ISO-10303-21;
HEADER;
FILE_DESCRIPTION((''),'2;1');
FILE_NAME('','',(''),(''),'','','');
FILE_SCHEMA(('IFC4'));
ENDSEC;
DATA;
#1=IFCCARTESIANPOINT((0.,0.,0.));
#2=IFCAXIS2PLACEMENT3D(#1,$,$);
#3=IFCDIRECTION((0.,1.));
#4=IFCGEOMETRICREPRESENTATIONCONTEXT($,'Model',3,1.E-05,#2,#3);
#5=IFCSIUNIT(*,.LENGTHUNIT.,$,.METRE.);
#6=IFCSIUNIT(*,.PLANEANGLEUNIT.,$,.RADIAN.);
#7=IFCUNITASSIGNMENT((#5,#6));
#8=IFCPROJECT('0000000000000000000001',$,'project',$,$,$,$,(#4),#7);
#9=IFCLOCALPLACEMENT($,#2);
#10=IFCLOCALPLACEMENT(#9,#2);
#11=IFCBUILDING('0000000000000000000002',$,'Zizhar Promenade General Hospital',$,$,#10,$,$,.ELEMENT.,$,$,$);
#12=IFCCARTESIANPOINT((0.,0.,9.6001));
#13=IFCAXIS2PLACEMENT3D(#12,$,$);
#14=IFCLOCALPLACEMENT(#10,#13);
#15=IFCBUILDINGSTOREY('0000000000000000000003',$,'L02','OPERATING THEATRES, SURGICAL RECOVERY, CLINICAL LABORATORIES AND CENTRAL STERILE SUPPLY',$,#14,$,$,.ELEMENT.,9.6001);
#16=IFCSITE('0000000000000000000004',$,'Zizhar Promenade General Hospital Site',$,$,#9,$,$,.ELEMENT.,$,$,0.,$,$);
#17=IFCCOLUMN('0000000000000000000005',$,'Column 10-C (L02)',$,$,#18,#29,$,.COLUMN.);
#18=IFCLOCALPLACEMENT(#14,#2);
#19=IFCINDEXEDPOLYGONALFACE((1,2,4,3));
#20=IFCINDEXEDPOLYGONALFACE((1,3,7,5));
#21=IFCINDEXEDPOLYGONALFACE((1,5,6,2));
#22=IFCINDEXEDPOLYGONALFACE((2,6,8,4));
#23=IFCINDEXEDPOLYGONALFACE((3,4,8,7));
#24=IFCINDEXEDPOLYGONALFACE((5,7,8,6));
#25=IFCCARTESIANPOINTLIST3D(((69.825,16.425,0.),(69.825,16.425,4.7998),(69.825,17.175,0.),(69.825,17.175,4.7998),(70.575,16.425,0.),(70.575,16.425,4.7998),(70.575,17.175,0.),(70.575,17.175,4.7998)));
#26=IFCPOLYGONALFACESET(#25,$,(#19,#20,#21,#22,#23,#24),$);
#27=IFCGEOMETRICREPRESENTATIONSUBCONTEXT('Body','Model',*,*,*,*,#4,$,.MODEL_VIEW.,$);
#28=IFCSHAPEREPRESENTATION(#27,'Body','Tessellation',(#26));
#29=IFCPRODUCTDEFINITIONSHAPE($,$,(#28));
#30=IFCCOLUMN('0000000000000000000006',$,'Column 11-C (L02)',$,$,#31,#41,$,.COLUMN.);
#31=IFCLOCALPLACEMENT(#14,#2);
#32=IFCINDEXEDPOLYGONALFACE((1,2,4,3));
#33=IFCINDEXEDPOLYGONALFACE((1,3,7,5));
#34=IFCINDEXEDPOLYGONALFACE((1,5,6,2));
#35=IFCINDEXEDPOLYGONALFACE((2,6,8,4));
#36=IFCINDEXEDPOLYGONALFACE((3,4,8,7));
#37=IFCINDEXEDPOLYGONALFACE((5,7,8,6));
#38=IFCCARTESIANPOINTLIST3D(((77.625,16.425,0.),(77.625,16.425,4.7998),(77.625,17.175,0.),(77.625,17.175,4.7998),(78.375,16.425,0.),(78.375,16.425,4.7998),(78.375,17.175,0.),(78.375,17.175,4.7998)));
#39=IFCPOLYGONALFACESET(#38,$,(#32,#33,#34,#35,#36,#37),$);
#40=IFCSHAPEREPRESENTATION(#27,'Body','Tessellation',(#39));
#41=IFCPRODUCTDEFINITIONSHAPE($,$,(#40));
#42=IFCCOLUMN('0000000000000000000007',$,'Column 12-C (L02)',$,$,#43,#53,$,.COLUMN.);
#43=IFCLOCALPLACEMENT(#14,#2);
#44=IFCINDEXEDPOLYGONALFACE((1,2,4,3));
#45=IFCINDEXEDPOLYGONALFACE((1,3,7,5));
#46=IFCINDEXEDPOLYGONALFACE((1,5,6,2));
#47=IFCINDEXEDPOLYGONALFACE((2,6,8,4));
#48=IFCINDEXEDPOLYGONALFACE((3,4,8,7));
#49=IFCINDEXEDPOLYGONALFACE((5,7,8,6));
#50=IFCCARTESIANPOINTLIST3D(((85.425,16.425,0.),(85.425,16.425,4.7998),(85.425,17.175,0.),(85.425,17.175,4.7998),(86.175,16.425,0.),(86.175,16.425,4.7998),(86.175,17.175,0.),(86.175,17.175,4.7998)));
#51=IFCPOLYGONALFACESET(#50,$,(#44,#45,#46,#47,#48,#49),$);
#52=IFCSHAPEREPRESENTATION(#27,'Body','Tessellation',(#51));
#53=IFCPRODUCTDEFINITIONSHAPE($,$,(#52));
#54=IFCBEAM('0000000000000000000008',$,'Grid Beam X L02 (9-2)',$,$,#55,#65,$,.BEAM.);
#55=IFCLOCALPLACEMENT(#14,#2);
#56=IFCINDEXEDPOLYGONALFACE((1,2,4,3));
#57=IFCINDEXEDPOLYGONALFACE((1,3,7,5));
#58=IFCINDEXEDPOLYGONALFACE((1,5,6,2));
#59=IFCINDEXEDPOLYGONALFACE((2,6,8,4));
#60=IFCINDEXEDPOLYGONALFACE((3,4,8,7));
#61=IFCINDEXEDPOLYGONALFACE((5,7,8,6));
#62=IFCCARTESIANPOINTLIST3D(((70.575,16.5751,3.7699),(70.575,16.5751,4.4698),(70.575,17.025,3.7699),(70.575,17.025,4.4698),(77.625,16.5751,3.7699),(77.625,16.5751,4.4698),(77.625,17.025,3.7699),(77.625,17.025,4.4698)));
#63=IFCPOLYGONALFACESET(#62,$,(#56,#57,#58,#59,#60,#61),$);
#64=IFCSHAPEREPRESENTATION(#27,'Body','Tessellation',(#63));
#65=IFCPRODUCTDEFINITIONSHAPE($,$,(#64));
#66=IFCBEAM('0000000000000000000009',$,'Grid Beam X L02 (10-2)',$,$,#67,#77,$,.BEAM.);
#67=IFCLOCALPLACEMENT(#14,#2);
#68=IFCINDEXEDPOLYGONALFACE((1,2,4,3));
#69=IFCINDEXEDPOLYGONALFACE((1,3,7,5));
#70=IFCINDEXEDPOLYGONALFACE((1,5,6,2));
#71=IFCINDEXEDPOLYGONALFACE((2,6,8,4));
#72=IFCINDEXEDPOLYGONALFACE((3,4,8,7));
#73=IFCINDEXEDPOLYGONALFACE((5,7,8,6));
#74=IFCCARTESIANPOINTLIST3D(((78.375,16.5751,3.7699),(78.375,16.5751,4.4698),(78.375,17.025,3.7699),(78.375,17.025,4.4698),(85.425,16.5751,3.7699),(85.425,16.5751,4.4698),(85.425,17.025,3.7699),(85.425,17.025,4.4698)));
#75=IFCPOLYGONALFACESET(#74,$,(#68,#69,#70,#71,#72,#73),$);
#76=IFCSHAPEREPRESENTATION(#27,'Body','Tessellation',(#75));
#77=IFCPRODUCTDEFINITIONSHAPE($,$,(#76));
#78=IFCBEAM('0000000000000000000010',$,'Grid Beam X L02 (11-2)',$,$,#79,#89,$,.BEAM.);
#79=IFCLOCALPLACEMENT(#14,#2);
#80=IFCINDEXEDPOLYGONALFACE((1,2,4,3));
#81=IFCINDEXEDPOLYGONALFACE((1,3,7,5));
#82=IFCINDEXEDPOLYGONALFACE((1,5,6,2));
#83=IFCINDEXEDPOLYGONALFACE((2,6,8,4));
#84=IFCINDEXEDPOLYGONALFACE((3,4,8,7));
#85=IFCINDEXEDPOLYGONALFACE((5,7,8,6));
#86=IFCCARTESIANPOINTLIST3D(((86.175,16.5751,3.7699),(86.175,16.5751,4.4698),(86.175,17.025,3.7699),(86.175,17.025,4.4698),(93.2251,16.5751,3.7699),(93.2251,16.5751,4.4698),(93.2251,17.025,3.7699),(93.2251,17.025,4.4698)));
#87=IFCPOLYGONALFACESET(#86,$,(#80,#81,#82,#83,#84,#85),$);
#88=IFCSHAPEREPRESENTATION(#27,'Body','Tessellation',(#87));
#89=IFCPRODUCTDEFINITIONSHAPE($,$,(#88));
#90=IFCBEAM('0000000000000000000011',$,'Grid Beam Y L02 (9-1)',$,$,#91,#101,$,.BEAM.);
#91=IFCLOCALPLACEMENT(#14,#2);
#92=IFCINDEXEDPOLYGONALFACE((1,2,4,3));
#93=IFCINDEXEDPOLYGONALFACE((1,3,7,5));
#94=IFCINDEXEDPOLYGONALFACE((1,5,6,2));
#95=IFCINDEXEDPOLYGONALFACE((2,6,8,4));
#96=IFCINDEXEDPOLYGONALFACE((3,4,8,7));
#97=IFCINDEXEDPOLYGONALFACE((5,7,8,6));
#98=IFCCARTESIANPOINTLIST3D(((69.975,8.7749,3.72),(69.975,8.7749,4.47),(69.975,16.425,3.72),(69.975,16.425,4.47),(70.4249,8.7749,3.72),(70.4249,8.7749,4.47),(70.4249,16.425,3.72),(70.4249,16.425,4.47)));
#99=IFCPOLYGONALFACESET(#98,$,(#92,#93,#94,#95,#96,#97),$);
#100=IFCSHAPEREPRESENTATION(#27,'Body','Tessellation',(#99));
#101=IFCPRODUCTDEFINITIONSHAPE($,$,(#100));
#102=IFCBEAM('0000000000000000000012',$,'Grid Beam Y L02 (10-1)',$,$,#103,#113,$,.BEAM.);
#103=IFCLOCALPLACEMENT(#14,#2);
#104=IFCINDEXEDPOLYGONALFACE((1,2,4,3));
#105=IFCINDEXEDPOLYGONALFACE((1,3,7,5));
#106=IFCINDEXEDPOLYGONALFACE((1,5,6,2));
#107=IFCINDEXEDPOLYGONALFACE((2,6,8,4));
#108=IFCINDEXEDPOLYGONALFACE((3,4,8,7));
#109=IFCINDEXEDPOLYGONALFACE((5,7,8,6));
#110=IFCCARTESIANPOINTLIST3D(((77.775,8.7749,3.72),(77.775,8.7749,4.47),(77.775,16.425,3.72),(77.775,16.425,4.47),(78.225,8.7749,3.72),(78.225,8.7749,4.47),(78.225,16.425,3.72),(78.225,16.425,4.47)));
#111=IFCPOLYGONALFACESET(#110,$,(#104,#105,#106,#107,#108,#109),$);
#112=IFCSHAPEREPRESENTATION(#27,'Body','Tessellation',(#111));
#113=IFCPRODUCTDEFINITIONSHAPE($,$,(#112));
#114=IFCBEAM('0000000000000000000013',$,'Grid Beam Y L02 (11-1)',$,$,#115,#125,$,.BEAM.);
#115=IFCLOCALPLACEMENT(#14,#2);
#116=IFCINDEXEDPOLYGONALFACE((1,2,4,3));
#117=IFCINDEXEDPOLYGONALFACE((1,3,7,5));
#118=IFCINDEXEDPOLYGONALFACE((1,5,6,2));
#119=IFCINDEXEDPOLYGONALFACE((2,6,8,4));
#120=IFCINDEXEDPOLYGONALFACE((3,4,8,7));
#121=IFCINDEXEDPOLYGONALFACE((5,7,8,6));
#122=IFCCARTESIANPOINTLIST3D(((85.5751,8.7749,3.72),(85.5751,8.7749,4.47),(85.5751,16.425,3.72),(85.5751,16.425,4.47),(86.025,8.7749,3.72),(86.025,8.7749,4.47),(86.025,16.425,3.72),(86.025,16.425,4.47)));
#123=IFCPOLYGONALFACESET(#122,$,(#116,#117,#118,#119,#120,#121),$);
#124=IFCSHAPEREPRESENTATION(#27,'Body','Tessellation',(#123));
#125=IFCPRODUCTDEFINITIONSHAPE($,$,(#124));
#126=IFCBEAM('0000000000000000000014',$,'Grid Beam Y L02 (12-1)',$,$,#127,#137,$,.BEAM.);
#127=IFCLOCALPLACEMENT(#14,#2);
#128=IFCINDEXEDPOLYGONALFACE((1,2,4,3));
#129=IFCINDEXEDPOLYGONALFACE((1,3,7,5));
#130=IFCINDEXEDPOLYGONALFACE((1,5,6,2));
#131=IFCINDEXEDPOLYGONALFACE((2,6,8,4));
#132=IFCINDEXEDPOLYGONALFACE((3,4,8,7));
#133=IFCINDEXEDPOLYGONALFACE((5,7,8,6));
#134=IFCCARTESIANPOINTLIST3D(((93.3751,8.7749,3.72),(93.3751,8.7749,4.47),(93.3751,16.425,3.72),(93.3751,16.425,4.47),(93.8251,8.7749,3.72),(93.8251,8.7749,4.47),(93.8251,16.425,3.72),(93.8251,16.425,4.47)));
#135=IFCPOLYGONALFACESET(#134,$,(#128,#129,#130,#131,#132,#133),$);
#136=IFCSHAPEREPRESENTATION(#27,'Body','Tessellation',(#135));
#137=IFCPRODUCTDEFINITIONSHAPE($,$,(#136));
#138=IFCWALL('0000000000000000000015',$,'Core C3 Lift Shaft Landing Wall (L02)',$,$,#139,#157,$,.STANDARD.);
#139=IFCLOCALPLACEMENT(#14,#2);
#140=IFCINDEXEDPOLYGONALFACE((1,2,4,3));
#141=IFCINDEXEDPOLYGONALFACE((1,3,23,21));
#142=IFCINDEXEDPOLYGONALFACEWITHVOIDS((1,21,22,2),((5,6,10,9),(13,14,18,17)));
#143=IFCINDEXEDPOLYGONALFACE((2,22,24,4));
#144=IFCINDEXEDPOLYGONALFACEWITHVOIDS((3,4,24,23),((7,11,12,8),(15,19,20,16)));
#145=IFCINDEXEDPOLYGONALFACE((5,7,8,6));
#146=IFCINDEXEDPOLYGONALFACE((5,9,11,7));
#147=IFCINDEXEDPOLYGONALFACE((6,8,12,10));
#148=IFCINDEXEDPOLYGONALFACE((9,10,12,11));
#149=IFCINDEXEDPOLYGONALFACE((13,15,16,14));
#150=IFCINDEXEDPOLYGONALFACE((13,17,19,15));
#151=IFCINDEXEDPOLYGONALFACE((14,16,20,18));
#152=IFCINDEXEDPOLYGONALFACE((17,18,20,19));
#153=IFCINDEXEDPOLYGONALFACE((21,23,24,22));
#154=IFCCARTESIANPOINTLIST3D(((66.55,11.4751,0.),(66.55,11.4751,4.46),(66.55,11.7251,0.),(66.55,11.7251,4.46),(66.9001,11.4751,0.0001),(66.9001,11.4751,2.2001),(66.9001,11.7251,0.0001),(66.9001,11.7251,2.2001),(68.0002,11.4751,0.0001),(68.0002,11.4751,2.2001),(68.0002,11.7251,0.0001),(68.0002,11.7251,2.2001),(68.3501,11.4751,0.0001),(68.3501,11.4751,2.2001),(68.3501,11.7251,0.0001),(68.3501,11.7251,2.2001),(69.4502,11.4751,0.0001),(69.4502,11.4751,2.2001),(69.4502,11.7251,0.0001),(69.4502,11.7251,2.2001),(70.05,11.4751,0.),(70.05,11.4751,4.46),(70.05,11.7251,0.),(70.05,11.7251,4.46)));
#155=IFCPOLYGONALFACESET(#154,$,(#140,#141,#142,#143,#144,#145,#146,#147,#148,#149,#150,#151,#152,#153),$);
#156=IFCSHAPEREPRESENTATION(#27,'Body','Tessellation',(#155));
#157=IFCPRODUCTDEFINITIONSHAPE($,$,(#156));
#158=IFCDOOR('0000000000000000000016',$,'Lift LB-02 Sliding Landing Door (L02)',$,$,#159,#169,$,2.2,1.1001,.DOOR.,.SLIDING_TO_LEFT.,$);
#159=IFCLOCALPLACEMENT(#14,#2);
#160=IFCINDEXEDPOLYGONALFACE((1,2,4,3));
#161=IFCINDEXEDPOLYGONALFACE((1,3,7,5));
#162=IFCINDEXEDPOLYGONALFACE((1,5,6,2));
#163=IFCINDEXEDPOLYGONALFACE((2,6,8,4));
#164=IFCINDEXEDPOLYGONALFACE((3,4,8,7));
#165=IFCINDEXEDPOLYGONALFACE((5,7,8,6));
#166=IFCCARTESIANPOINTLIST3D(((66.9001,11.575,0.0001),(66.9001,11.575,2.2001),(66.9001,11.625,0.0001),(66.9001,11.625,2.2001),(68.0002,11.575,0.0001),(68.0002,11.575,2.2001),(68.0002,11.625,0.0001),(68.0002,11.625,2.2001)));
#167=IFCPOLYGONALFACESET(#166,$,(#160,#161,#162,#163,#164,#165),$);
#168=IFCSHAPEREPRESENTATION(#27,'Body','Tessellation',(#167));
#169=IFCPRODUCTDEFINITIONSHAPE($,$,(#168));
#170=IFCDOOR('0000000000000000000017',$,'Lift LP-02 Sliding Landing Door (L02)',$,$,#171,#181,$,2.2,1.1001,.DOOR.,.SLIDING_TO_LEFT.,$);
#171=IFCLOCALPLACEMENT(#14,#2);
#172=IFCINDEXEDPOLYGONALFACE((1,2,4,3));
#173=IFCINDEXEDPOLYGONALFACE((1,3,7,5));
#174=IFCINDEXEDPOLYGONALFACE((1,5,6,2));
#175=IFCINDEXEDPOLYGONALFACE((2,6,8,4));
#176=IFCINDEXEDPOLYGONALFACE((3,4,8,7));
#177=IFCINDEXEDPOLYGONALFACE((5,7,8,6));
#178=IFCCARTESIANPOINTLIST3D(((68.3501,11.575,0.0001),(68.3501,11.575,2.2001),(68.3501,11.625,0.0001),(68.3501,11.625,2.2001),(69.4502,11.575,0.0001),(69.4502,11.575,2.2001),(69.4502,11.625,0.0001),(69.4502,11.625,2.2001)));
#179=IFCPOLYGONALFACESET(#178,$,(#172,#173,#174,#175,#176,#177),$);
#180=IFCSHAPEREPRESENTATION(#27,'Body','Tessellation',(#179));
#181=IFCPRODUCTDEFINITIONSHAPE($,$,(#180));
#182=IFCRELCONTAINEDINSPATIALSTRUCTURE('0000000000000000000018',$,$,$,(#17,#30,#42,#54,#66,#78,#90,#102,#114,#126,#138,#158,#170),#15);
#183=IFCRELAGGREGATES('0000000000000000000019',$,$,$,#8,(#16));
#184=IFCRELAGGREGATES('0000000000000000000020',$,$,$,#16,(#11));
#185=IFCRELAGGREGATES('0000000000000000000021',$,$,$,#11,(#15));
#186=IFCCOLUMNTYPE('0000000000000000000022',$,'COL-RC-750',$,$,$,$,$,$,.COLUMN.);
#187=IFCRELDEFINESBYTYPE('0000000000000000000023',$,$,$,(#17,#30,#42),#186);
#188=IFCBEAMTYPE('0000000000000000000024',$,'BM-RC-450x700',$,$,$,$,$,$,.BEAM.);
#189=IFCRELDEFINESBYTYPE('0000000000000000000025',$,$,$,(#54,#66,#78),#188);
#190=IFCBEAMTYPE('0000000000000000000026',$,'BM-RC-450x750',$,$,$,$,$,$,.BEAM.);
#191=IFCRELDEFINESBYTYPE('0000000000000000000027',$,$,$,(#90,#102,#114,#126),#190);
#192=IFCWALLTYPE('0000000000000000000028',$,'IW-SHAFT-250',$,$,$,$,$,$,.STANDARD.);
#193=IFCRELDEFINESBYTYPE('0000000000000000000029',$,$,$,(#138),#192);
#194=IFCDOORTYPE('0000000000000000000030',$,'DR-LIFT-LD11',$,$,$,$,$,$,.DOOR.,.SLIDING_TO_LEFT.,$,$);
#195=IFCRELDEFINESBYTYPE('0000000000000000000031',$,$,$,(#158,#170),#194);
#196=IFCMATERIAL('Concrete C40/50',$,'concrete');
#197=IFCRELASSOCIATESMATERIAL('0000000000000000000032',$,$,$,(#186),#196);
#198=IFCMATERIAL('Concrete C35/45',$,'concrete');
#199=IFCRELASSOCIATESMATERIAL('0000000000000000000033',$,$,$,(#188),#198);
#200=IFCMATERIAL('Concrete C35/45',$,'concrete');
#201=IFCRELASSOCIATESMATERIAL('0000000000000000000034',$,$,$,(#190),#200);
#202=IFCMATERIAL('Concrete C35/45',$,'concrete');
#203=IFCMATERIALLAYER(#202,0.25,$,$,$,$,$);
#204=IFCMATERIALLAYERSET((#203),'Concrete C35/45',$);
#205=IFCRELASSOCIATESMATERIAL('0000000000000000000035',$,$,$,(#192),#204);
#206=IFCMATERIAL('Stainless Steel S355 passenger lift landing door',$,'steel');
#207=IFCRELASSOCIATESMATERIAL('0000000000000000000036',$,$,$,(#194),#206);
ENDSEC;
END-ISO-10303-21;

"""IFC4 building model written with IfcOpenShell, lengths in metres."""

from ifc_helpers import new_model, si_unit, direction, frame, frame_2d, origin, origin_2d, place, context, subcontext, project, spatial, rectangle, extrude, material, layer, layer_set, material_profile, profile_set, type_object, element, fill, save


model = new_model("IFC4")

# Units and contexts
model_context = context("Model", 3, precision=1e-05, world=origin(), true_north=direction((0.0, 1.0)))
body_context = subcontext(model_context, "Body", "Model", "MODEL_VIEW")
ifc_project = project(units=[si_unit("LENGTHUNIT", "METRE"), si_unit("PLANEANGLEUNIT", "RADIAN")], contexts=[model_context])

# Site, building, storey
site_placement = place(None, origin())
site = spatial("IfcSite", under=ifc_project, at=site_placement, Name="Zizhar Promenade General Hospital Site", CompositionType="ELEMENT", RefElevation=0.0)
building_placement = place(site_placement, origin())
building = spatial("IfcBuilding", under=site, at=building_placement, Name="Zizhar Promenade General Hospital", CompositionType="ELEMENT")
storey_placement = place(building_placement, frame((0.0, 0.0, 9.6001)))
storey = spatial("IfcBuildingStorey", under=building, at=storey_placement, Name="L02", Description="OPERATING THEATRES, SURGICAL RECOVERY, CLINICAL LABORATORIES AND CENTRAL STERILE SUPPLY", CompositionType="ELEMENT", Elevation=9.6001)

# Columns
ifc_material_1 = material(Name="Concrete C40/50", Category="concrete")
ifc_material_profile_1 = material_profile(ifc_material_1, rectangle(XDim=0.75, YDim=0.75, at=origin_2d()))
ifc_profile_set_1 = profile_set([ifc_material_profile_1], Name="Concrete C40/50")
column_type = type_object("IfcColumnType", Name="COL-RC-750", PredefinedType="COLUMN", material=ifc_profile_set_1)
for number, where, z_axis, x_axis, name in (
    (1, (70.2, 16.8, 0.0), (0.0, 0.0, 1.0), (1.0, 0.0, 0.0), "Column 10-C (L02)"),
    (2, (78.0, 16.8, 0.0), (0.0, 0.0, 1.0), (1.0, 0.0, 0.0), "Column 11-C (L02)"),
    (3, (85.8, 16.8, 0.0), (0.0, 0.0, 1.0), (1.0, 0.0, 0.0), "Column 12-C (L02)"),
):
    element("IfcColumn", number, at=place(storey_placement, frame(where, z_axis=z_axis, x_axis=x_axis)), inside=storey, type_object=column_type, Name=name, PredefinedType="COLUMN", context=body_context, shape_type="SweptSolid", body=[
        extrude(rectangle(XDim=0.75, YDim=0.75, at=origin_2d()), origin(), (0.0, 0.0, 1.0), 4.7998),
    ])

# Beams
ifc_material_2 = material(Name="Concrete C35/45", Category="concrete")
ifc_material_profile_2 = material_profile(ifc_material_2, rectangle(XDim=0.45, YDim=0.7, at=origin_2d()))
ifc_profile_set_2 = profile_set([ifc_material_profile_2], Name="Concrete C35/45")
beam_type_1 = type_object("IfcBeamType", Name="BM-RC-450x700", PredefinedType="BEAM", material=ifc_profile_set_2)
for number, where, z_axis, x_axis, name in (
    (4, (70.575, 16.8, 4.1199), (1.0, 0.0, 0.0), (0.0, 1.0, 0.0), "Grid Beam X L02 (9-2)"),
    (5, (78.375, 16.8, 4.1199), (1.0, 0.0, 0.0), (0.0, 1.0, 0.0), "Grid Beam X L02 (10-2)"),
    (6, (86.175, 16.8, 4.1199), (1.0, 0.0, 0.0), (0.0, 1.0, 0.0), "Grid Beam X L02 (11-2)"),
):
    element("IfcBeam", number, at=place(storey_placement, frame(where, z_axis=z_axis, x_axis=x_axis)), inside=storey, type_object=beam_type_1, Name=name, PredefinedType="BEAM", context=body_context, shape_type="SweptSolid", body=[
        extrude(rectangle(XDim=0.45, YDim=0.7, at=origin_2d()), origin(), (0.0, 0.0, 1.0), 7.05),
    ])
ifc_material_3 = material(Name="Concrete C35/45", Category="concrete")
ifc_material_profile_3 = material_profile(ifc_material_3, rectangle(XDim=0.45, YDim=0.75, at=origin_2d()))
ifc_profile_set_3 = profile_set([ifc_material_profile_3], Name="Concrete C35/45")
beam_type_2 = type_object("IfcBeamType", Name="BM-RC-450x750", PredefinedType="BEAM", material=ifc_profile_set_3)
for number, where, z_axis, x_axis, name in (
    (7, (70.2, 8.7749, 4.095), (0.0, 1.0, 0.0), (-1.0, 0.0, 0.0), "Grid Beam Y L02 (9-1)"),
    (8, (78.0, 8.7749, 4.095), (0.0, 1.0, 0.0), (-1.0, 0.0, 0.0), "Grid Beam Y L02 (10-1)"),
    (9, (85.8, 8.7749, 4.095), (0.0, 1.0, 0.0), (-1.0, 0.0, 0.0), "Grid Beam Y L02 (11-1)"),
    (10, (93.6001, 8.7749, 4.095), (0.0, 1.0, 0.0), (-1.0, 0.0, 0.0), "Grid Beam Y L02 (12-1)"),
):
    element("IfcBeam", number, at=place(storey_placement, frame(where, z_axis=z_axis, x_axis=x_axis)), inside=storey, type_object=beam_type_2, Name=name, PredefinedType="BEAM", context=body_context, shape_type="SweptSolid", body=[
        extrude(rectangle(XDim=0.45, YDim=0.75, at=origin_2d()), origin(), (0.0, 0.0, 1.0), 7.6501),
    ])

# Wall, openings, doors
ifc_material_4 = material(Name="Concrete C35/45", Category="concrete")
ifc_layer_1 = layer(ifc_material_4, 0.25)
ifc_layer_set_1 = layer_set([ifc_layer_1], Name="Concrete C35/45")
wall_type_1 = type_object("IfcWallType", Name="IW-SHAFT-250", PredefinedType="STANDARD", material=ifc_layer_set_1)
wall_1_placement = place(storey_placement, frame((66.55, 11.6001, 0.0), z_axis=(0.0, 0.0, 1.0), x_axis=(1.0, 0.0, 0.0)))
wall_1 = element("IfcWall", 11, at=wall_1_placement, inside=storey, type_object=wall_type_1, Name="Core C3 Lift Shaft Landing Wall (L02)", PredefinedType="STANDARD", context=body_context, shape_type="SweptSolid", body=[
    extrude(rectangle(XDim=3.5, YDim=0.25, at=frame_2d((1.75, 0.0))), origin(), (0.0, 0.0, 1.0), 4.46),
])
opening_1_placement = place(wall_1_placement, frame((0.3501, 0.0, 0.0)))
opening_1 = element("IfcOpeningElement", 12, at=opening_1_placement, cuts=wall_1, PredefinedType="OPENING", context=body_context, shape_type="SweptSolid", body=[
    extrude(rectangle(XDim=1.1001, YDim=2.2, at=frame_2d((0.55, 1.1001))), frame((0.0, 0.135, 0.0), z_axis=(0.0, -1.0, 0.0), x_axis=(1.0, 0.0, 0.0)), (0.0, 0.0, 1.0), 0.27),
])
opening_2_placement = place(wall_1_placement, frame((1.8, 0.0, 0.0)))
opening_2 = element("IfcOpeningElement", 13, at=opening_2_placement, cuts=wall_1, PredefinedType="OPENING", context=body_context, shape_type="SweptSolid", body=[
    extrude(rectangle(XDim=1.1001, YDim=2.2, at=frame_2d((0.55, 1.1001))), frame((0.0, 0.135, 0.0), z_axis=(0.0, -1.0, 0.0), x_axis=(1.0, 0.0, 0.0)), (0.0, 0.0, 1.0), 0.27),
])
ifc_material_5 = material(Name="Stainless Steel S355 passenger lift landing door", Category="steel")
door_type = type_object("IfcDoorType", Name="DR-LIFT-LD11", OperationType="SLIDING_TO_LEFT", PredefinedType="DOOR", material=ifc_material_5)
door_1_placement = place(opening_1_placement, origin())
door_1 = element("IfcDoor", 14, at=door_1_placement, inside=storey, type_object=door_type, Name="Lift LB-02 Sliding Landing Door (L02)", OperationType="SLIDING_TO_LEFT", OverallHeight=2.2, OverallWidth=1.1001, PredefinedType="DOOR", context=body_context, shape_type="SweptSolid", body=[
    extrude(rectangle(XDim=1.1001, YDim=2.2, at=frame_2d((0.55, 1.1001))), frame((0.0, 0.0249, 0.0), z_axis=(0.0, -1.0, 0.0), x_axis=(1.0, 0.0, 0.0)), (0.0, 0.0, 1.0), 0.05),
])
fill(opening_1, door_1)
door_2_placement = place(opening_2_placement, origin())
door_2 = element("IfcDoor", 15, at=door_2_placement, inside=storey, type_object=door_type, Name="Lift LP-02 Sliding Landing Door (L02)", OperationType="SLIDING_TO_LEFT", OverallHeight=2.2, OverallWidth=1.1001, PredefinedType="DOOR", context=body_context, shape_type="SweptSolid", body=[
    extrude(rectangle(XDim=1.1001, YDim=2.2, at=frame_2d((0.55, 1.1001))), frame((0.0, 0.0249, 0.0), z_axis=(0.0, -1.0, 0.0), x_axis=(1.0, 0.0, 0.0)), (0.0, 0.0, 1.0), 0.05),
])
fill(opening_2, door_2)

save(model, "model.ifc")
